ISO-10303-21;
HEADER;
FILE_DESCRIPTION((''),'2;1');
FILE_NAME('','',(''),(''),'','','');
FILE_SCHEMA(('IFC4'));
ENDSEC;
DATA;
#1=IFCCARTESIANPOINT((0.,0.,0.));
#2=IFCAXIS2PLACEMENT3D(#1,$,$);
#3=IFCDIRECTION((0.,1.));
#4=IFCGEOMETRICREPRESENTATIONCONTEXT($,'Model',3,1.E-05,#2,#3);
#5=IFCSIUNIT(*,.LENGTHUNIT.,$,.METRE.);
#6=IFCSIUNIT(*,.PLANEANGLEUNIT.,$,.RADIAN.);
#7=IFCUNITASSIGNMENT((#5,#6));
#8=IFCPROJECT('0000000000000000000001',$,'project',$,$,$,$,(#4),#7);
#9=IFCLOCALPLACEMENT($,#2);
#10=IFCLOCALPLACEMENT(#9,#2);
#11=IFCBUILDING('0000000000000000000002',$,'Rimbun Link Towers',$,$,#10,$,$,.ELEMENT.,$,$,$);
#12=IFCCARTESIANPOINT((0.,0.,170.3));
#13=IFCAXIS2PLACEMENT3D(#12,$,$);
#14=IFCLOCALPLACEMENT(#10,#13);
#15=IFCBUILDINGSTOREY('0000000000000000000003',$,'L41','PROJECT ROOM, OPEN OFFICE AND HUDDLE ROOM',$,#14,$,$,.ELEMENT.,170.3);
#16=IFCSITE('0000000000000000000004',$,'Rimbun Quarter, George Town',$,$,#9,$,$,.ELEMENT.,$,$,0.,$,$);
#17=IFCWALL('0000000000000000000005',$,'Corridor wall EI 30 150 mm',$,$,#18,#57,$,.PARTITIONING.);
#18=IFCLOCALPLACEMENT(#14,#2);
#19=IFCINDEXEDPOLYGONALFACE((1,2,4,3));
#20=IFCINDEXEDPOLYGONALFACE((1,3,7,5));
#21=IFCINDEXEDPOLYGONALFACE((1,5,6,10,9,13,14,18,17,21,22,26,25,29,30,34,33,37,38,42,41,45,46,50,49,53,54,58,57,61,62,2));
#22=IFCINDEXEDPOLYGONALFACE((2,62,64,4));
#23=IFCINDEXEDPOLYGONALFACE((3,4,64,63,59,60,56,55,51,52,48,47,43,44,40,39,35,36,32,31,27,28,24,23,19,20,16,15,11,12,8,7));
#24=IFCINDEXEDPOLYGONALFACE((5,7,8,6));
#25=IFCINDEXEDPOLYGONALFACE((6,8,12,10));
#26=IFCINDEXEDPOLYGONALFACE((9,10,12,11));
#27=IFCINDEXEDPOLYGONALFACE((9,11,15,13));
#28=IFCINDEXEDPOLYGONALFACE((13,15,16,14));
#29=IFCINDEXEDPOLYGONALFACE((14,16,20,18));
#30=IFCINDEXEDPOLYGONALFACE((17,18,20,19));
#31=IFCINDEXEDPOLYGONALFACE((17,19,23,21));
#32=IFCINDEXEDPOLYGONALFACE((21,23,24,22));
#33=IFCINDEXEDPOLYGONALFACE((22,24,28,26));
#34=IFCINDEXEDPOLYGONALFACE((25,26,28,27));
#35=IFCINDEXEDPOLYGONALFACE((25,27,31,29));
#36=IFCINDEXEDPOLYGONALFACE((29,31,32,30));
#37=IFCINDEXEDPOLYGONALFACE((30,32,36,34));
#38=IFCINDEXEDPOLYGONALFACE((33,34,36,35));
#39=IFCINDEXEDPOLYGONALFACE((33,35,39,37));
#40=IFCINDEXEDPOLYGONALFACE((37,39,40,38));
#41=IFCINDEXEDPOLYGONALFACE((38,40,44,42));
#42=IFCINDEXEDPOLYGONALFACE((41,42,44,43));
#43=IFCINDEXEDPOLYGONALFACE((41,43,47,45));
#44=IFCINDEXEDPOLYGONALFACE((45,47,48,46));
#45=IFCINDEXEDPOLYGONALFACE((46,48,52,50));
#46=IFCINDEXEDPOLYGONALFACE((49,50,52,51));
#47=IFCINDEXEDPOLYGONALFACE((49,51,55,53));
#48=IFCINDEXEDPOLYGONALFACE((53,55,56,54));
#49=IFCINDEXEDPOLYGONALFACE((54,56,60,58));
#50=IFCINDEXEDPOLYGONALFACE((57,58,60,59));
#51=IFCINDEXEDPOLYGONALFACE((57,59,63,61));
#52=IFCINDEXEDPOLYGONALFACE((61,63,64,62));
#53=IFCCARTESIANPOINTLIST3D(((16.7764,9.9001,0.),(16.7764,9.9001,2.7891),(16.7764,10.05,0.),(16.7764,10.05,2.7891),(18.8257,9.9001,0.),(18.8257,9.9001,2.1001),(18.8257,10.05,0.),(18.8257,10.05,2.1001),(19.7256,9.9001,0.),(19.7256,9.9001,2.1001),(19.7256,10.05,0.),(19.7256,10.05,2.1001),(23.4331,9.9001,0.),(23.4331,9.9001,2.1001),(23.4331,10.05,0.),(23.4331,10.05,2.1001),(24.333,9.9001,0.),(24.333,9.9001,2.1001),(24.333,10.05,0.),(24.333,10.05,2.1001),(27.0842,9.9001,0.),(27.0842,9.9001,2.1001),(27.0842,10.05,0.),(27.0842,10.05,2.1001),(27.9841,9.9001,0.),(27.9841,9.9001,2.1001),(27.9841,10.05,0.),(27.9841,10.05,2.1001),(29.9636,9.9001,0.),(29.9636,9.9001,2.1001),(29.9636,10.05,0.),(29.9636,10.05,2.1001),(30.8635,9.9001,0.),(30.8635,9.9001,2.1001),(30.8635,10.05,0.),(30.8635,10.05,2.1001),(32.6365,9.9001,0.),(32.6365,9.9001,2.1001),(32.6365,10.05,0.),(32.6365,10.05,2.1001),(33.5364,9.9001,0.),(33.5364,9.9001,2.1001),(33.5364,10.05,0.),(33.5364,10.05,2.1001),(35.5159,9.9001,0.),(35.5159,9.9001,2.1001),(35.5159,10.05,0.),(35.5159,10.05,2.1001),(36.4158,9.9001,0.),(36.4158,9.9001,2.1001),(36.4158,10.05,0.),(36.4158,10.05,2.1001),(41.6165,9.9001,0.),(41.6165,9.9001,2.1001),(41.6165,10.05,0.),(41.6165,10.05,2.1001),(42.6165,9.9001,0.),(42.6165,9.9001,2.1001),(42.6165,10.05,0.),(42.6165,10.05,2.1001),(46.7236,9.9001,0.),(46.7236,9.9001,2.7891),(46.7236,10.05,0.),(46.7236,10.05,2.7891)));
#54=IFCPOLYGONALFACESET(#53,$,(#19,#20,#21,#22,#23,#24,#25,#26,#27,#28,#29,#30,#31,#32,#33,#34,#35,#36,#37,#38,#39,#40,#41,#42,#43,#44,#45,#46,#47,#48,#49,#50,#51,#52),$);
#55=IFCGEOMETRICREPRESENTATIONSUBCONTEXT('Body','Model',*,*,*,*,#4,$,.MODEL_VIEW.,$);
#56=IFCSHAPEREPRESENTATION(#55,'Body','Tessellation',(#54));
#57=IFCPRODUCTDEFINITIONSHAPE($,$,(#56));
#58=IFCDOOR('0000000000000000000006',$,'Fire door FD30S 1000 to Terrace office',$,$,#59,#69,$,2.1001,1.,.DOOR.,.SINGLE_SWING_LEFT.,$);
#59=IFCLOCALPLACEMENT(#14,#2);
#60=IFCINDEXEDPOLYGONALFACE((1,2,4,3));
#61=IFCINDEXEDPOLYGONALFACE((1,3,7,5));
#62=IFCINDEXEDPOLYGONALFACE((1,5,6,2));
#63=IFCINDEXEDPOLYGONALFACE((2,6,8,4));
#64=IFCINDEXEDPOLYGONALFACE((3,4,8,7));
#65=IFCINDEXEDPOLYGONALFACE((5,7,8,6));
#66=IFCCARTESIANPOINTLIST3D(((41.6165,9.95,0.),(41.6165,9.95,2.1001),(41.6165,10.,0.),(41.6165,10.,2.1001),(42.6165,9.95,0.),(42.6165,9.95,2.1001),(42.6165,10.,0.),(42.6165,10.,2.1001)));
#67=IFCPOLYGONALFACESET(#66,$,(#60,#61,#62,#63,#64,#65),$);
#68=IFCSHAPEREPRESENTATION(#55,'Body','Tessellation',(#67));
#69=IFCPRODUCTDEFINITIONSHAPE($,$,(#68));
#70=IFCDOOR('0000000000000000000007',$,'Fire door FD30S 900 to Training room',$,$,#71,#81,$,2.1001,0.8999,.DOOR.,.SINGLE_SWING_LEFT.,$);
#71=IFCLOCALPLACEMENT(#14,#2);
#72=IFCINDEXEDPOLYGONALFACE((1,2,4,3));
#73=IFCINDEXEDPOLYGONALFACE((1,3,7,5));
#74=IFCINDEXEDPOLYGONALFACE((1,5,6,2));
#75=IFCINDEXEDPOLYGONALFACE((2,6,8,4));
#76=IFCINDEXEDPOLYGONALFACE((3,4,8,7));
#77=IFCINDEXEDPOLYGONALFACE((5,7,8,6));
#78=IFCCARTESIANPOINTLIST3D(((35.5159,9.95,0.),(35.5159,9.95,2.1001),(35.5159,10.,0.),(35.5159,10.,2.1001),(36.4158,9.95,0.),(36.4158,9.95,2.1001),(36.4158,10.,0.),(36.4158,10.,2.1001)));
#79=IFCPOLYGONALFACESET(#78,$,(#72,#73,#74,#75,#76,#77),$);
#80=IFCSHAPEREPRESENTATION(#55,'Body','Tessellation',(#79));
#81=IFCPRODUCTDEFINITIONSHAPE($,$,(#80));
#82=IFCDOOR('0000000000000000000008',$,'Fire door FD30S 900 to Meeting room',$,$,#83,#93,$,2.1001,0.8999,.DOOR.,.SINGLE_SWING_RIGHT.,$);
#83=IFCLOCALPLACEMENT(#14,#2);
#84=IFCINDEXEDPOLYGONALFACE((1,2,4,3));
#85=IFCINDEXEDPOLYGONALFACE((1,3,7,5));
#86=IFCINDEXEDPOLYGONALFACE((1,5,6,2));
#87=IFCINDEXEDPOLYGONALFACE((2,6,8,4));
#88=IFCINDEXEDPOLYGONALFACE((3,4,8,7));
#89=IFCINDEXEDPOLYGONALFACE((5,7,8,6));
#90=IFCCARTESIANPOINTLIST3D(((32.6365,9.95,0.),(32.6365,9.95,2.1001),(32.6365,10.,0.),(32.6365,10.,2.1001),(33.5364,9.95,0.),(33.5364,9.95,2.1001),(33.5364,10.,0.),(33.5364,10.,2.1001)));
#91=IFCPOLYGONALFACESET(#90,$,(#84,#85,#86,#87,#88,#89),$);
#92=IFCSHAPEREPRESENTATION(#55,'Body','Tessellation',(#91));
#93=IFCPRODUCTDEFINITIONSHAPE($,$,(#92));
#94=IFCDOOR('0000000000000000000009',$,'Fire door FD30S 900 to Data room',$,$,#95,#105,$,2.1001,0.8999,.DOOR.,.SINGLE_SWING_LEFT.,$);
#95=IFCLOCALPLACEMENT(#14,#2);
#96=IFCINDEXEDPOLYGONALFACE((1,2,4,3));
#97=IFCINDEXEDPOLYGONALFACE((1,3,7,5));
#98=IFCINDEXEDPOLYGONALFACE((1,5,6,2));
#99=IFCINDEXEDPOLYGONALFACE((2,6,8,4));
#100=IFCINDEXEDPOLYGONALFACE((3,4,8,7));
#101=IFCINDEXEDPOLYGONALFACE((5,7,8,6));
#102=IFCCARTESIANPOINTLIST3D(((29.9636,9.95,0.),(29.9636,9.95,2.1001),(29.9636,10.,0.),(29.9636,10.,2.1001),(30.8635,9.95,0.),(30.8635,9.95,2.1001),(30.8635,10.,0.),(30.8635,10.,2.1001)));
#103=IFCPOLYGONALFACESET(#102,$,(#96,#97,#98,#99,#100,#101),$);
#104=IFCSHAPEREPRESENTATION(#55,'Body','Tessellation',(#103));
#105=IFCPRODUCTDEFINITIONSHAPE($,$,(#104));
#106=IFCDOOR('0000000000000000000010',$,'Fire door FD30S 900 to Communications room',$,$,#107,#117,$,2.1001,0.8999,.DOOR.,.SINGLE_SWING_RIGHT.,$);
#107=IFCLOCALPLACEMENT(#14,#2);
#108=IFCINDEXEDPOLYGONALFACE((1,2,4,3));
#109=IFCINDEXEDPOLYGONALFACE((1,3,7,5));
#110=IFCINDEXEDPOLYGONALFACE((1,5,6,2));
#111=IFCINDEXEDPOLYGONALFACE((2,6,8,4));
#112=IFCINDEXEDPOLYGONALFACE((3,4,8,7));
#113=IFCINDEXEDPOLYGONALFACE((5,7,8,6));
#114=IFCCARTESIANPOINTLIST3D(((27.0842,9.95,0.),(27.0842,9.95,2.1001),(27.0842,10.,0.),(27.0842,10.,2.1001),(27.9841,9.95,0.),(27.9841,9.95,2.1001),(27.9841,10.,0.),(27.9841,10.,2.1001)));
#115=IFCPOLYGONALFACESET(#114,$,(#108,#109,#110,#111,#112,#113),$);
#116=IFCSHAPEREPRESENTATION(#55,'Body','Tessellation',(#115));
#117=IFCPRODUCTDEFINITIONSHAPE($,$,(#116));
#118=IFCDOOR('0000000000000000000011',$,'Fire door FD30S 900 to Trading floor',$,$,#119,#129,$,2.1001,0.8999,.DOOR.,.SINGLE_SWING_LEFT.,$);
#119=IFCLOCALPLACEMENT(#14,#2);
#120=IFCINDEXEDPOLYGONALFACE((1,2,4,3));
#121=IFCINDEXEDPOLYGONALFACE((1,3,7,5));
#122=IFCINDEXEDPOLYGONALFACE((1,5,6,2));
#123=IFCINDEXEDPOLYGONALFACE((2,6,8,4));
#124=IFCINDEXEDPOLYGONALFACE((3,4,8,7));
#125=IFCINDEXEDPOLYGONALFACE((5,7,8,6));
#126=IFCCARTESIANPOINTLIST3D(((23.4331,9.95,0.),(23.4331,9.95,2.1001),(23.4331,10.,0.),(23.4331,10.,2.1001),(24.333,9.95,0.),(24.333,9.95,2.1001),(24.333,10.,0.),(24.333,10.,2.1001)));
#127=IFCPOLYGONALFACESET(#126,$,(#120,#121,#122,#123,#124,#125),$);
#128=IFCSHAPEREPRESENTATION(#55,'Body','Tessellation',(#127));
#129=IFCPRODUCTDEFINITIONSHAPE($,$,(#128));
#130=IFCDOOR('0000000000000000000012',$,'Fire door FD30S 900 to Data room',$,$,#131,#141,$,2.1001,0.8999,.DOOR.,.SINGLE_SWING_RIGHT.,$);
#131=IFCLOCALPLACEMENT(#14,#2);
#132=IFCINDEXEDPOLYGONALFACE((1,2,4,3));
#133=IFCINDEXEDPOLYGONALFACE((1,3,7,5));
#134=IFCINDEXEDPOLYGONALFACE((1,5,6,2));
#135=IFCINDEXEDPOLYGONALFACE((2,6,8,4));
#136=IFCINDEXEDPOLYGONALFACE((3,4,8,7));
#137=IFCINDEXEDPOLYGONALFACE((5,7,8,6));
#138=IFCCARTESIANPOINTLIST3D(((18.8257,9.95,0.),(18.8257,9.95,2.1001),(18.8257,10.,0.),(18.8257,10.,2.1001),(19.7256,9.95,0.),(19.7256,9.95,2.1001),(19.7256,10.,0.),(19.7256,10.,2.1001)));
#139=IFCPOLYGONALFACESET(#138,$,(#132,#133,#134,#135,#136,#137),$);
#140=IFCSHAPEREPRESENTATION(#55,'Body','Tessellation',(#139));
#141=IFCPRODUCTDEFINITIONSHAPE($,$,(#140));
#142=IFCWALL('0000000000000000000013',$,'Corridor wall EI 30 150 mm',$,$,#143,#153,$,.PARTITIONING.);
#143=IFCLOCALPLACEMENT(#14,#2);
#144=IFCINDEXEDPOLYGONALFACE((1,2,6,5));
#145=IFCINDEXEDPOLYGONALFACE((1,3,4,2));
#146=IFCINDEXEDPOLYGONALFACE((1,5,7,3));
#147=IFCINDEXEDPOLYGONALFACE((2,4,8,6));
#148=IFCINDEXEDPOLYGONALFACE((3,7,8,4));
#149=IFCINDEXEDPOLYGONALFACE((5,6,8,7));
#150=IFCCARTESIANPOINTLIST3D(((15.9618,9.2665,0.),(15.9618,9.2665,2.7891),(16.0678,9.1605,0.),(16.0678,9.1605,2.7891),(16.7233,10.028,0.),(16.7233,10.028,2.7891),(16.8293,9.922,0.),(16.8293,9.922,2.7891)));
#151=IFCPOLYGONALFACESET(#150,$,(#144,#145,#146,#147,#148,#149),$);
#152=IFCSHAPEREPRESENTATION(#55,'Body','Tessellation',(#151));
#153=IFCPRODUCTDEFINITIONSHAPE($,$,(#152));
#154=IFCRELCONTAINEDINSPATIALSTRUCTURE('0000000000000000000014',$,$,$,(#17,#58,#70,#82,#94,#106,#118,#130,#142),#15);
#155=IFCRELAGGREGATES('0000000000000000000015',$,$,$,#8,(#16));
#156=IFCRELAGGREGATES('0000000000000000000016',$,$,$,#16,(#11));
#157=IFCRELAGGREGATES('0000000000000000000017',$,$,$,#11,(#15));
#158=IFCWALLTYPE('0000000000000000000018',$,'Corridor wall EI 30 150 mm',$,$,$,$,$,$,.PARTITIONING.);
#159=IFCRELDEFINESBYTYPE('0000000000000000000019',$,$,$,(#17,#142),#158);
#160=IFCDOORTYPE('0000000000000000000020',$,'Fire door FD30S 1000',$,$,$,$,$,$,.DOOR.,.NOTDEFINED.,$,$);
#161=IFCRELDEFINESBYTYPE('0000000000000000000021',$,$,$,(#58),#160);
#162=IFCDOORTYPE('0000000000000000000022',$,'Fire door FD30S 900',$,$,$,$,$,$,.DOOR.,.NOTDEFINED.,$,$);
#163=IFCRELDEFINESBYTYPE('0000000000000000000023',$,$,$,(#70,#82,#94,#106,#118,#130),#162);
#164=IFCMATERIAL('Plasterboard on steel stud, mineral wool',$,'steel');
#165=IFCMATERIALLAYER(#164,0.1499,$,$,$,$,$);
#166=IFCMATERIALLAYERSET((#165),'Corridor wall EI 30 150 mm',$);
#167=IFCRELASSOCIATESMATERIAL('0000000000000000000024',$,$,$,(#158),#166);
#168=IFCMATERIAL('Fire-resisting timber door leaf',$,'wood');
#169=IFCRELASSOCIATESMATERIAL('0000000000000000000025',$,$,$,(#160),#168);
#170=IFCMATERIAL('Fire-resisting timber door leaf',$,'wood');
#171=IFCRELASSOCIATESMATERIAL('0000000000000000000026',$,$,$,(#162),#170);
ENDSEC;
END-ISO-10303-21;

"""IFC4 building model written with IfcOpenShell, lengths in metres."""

from ifc_helpers import new_model, si_unit, direction, frame, frame_2d, origin, place, context, subcontext, project, spatial, rectangle, extrude, material, layer, layer_set, type_object, element, fill, save


model = new_model("IFC4")

# Units and contexts
model_context = context("Model", 3, precision=1e-05, world=origin(), true_north=direction((0.0, 1.0)))
body_context = subcontext(model_context, "Body", "Model", "MODEL_VIEW")
ifc_project = project(units=[si_unit("LENGTHUNIT", "METRE"), si_unit("PLANEANGLEUNIT", "RADIAN")], contexts=[model_context])

# Site, building, storey
site_placement = place(None, origin())
site = spatial("IfcSite", under=ifc_project, at=site_placement, Name="Rimbun Quarter, George Town", CompositionType="ELEMENT", RefElevation=0.0)
building_placement = place(site_placement, origin())
building = spatial("IfcBuilding", under=site, at=building_placement, Name="Rimbun Link Towers", CompositionType="ELEMENT")
storey_placement = place(building_placement, frame((0.0, 0.0, 170.3)))
storey = spatial("IfcBuildingStorey", under=building, at=storey_placement, Name="L41", Description="PROJECT ROOM, OPEN OFFICE AND HUDDLE ROOM", CompositionType="ELEMENT", Elevation=170.3)

# Wall, openings, doors
ifc_material_1 = material(Name="Plasterboard on steel stud, mineral wool", Category="steel")
ifc_layer_1 = layer(ifc_material_1, 0.1499)
ifc_layer_set_1 = layer_set([ifc_layer_1], Name="Corridor wall EI 30 150 mm")
wall_type_1 = type_object("IfcWallType", Name="Corridor wall EI 30 150 mm", PredefinedType="PARTITIONING", material=ifc_layer_set_1)
wall_1_placement = place(storey_placement, frame((16.7764, 9.9751, 0.0), z_axis=(0.0, 0.0, 1.0), x_axis=(1.0, 0.0, 0.0)))
wall_1 = element("IfcWall", 1, at=wall_1_placement, inside=storey, type_object=wall_type_1, Name="Corridor wall EI 30 150 mm", PredefinedType="PARTITIONING", context=body_context, shape_type="SweptSolid", body=[
    extrude(rectangle(XDim=29.9473, YDim=0.1499, at=frame_2d((14.9736, 0.0))), origin(), (0.0, 0.0, 1.0), 2.7891),
])
opening_1_placement = place(wall_1_placement, frame((18.7395, 0.0, 0.0)))
opening_1 = element("IfcOpeningElement", 2, at=opening_1_placement, cuts=wall_1, PredefinedType="OPENING", context=body_context, shape_type="SweptSolid", body=[
    extrude(rectangle(XDim=0.8999, YDim=2.1001, at=frame_2d((0.45, 1.05))), frame((0.0, 0.085, 0.0), z_axis=(0.0, -1.0, 0.0), x_axis=(1.0, 0.0, 0.0)), (0.0, 0.0, 1.0), 0.1699),
])
opening_2_placement = place(wall_1_placement, frame((15.8601, 0.0, 0.0)))
opening_2 = element("IfcOpeningElement", 3, at=opening_2_placement, cuts=wall_1, PredefinedType="OPENING", context=body_context, shape_type="SweptSolid", body=[
    extrude(rectangle(XDim=0.8999, YDim=2.1001, at=frame_2d((0.45, 1.05))), frame((0.0, 0.085, 0.0), z_axis=(0.0, -1.0, 0.0), x_axis=(1.0, 0.0, 0.0)), (0.0, 0.0, 1.0), 0.1699),
])
opening_3_placement = place(wall_1_placement, frame((13.1873, 0.0, 0.0)))
opening_3 = element("IfcOpeningElement", 4, at=opening_3_placement, cuts=wall_1, PredefinedType="OPENING", context=body_context, shape_type="SweptSolid", body=[
    extrude(rectangle(XDim=0.8999, YDim=2.1001, at=frame_2d((0.45, 1.05))), frame((0.0, 0.085, 0.0), z_axis=(0.0, -1.0, 0.0), x_axis=(1.0, 0.0, 0.0)), (0.0, 0.0, 1.0), 0.1699),
])
opening_4_placement = place(wall_1_placement, frame((10.3079, 0.0, 0.0)))
opening_4 = element("IfcOpeningElement", 5, at=opening_4_placement, cuts=wall_1, PredefinedType="OPENING", context=body_context, shape_type="SweptSolid", body=[
    extrude(rectangle(XDim=0.8999, YDim=2.1001, at=frame_2d((0.45, 1.05))), frame((0.0, 0.085, 0.0), z_axis=(0.0, -1.0, 0.0), x_axis=(1.0, 0.0, 0.0)), (0.0, 0.0, 1.0), 0.1699),
])
opening_5_placement = place(wall_1_placement, frame((6.6567, 0.0, 0.0)))
opening_5 = element("IfcOpeningElement", 6, at=opening_5_placement, cuts=wall_1, PredefinedType="OPENING", context=body_context, shape_type="SweptSolid", body=[
    extrude(rectangle(XDim=0.8999, YDim=2.1001, at=frame_2d((0.45, 1.05))), frame((0.0, 0.085, 0.0), z_axis=(0.0, -1.0, 0.0), x_axis=(1.0, 0.0, 0.0)), (0.0, 0.0, 1.0), 0.1699),
])
opening_6_placement = place(wall_1_placement, frame((2.0493, 0.0, 0.0)))
opening_6 = element("IfcOpeningElement", 7, at=opening_6_placement, cuts=wall_1, PredefinedType="OPENING", context=body_context, shape_type="SweptSolid", body=[
    extrude(rectangle(XDim=0.8999, YDim=2.1001, at=frame_2d((0.45, 1.05))), frame((0.0, 0.085, 0.0), z_axis=(0.0, -1.0, 0.0), x_axis=(1.0, 0.0, 0.0)), (0.0, 0.0, 1.0), 0.1699),
])
opening_7_placement = place(wall_1_placement, frame((24.8401, 0.0, 0.0)))
opening_7 = element("IfcOpeningElement", 8, at=opening_7_placement, cuts=wall_1, PredefinedType="OPENING", context=body_context, shape_type="SweptSolid", body=[
    extrude(rectangle(XDim=1.0, YDim=2.1001, at=frame_2d((0.5, 1.05))), frame((0.0, 0.085, 0.0), z_axis=(0.0, -1.0, 0.0), x_axis=(1.0, 0.0, 0.0)), (0.0, 0.0, 1.0), 0.1699),
])
ifc_material_2 = material(Name="Fire-resisting timber door leaf", Category="wood")
door_type_1 = type_object("IfcDoorType", Name="Fire door FD30S 1000", OperationType="NOTDEFINED", PredefinedType="DOOR", material=ifc_material_2)
door_1_placement = place(opening_7_placement, origin())
door_1 = element("IfcDoor", 9, at=door_1_placement, inside=storey, type_object=door_type_1, Name="Fire door FD30S 1000 to Terrace office", OperationType="SINGLE_SWING_LEFT", OverallHeight=2.1001, OverallWidth=1.0, PredefinedType="DOOR", context=body_context, shape_type="SweptSolid", body=[
    extrude(rectangle(XDim=1.0, YDim=2.1001, at=frame_2d((0.5, 1.05))), frame((0.0, 0.0249, 0.0), z_axis=(0.0, -1.0, 0.0), x_axis=(1.0, 0.0, 0.0)), (0.0, 0.0, 1.0), 0.05),
])
fill(opening_7, door_1)
ifc_material_3 = material(Name="Fire-resisting timber door leaf", Category="wood")
door_type_2 = type_object("IfcDoorType", Name="Fire door FD30S 900", OperationType="NOTDEFINED", PredefinedType="DOOR", material=ifc_material_3)
door_2_placement = place(opening_1_placement, origin())
door_2 = element("IfcDoor", 10, at=door_2_placement, inside=storey, type_object=door_type_2, Name="Fire door FD30S 900 to Training room", OperationType="SINGLE_SWING_LEFT", OverallHeight=2.1001, OverallWidth=0.8999, PredefinedType="DOOR", context=body_context, shape_type="SweptSolid", body=[
    extrude(rectangle(XDim=0.8999, YDim=2.1001, at=frame_2d((0.45, 1.05))), frame((0.0, 0.0249, 0.0), z_axis=(0.0, -1.0, 0.0), x_axis=(1.0, 0.0, 0.0)), (0.0, 0.0, 1.0), 0.05),
])
fill(opening_1, door_2)
door_3_placement = place(opening_2_placement, origin())
door_3 = element("IfcDoor", 11, at=door_3_placement, inside=storey, type_object=door_type_2, Name="Fire door FD30S 900 to Meeting room", OperationType="SINGLE_SWING_RIGHT", OverallHeight=2.1001, OverallWidth=0.8999, PredefinedType="DOOR", context=body_context, shape_type="SweptSolid", body=[
    extrude(rectangle(XDim=0.8999, YDim=2.1001, at=frame_2d((0.45, 1.05))), frame((0.0, 0.0249, 0.0), z_axis=(0.0, -1.0, 0.0), x_axis=(1.0, 0.0, 0.0)), (0.0, 0.0, 1.0), 0.05),
])
fill(opening_2, door_3)
door_4_placement = place(opening_3_placement, origin())
door_4 = element("IfcDoor", 12, at=door_4_placement, inside=storey, type_object=door_type_2, Name="Fire door FD30S 900 to Data room", OperationType="SINGLE_SWING_LEFT", OverallHeight=2.1001, OverallWidth=0.8999, PredefinedType="DOOR", context=body_context, shape_type="SweptSolid", body=[
    extrude(rectangle(XDim=0.8999, YDim=2.1001, at=frame_2d((0.45, 1.05))), frame((0.0, 0.0249, 0.0), z_axis=(0.0, -1.0, 0.0), x_axis=(1.0, 0.0, 0.0)), (0.0, 0.0, 1.0), 0.05),
])
fill(opening_3, door_4)
door_5_placement = place(opening_4_placement, origin())
door_5 = element("IfcDoor", 13, at=door_5_placement, inside=storey, type_object=door_type_2, Name="Fire door FD30S 900 to Communications room", OperationType="SINGLE_SWING_RIGHT", OverallHeight=2.1001, OverallWidth=0.8999, PredefinedType="DOOR", context=body_context, shape_type="SweptSolid", body=[
    extrude(rectangle(XDim=0.8999, YDim=2.1001, at=frame_2d((0.45, 1.05))), frame((0.0, 0.0249, 0.0), z_axis=(0.0, -1.0, 0.0), x_axis=(1.0, 0.0, 0.0)), (0.0, 0.0, 1.0), 0.05),
])
fill(opening_4, door_5)
door_6_placement = place(opening_5_placement, origin())
door_6 = element("IfcDoor", 14, at=door_6_placement, inside=storey, type_object=door_type_2, Name="Fire door FD30S 900 to Trading floor", OperationType="SINGLE_SWING_LEFT", OverallHeight=2.1001, OverallWidth=0.8999, PredefinedType="DOOR", context=body_context, shape_type="SweptSolid", body=[
    extrude(rectangle(XDim=0.8999, YDim=2.1001, at=frame_2d((0.45, 1.05))), frame((0.0, 0.0249, 0.0), z_axis=(0.0, -1.0, 0.0), x_axis=(1.0, 0.0, 0.0)), (0.0, 0.0, 1.0), 0.05),
])
fill(opening_5, door_6)
door_7_placement = place(opening_6_placement, origin())
door_7 = element("IfcDoor", 15, at=door_7_placement, inside=storey, type_object=door_type_2, Name="Fire door FD30S 900 to Data room", OperationType="SINGLE_SWING_RIGHT", OverallHeight=2.1001, OverallWidth=0.8999, PredefinedType="DOOR", context=body_context, shape_type="SweptSolid", body=[
    extrude(rectangle(XDim=0.8999, YDim=2.1001, at=frame_2d((0.45, 1.05))), frame((0.0, 0.0249, 0.0), z_axis=(0.0, -1.0, 0.0), x_axis=(1.0, 0.0, 0.0)), (0.0, 0.0, 1.0), 0.05),
])
fill(opening_6, door_7)

# Wall
wall_2_placement = place(storey_placement, frame((16.7764, 9.9751, 0.0), z_axis=(0.0, 0.0, 1.0), x_axis=(-0.707107, -0.707107, 0.0)))
element("IfcWall", 16, at=wall_2_placement, inside=storey, type_object=wall_type_1, Name="Corridor wall EI 30 150 mm", PredefinedType="PARTITIONING", context=body_context, shape_type="SweptSolid", body=[
    extrude(rectangle(XDim=1.0769, YDim=0.1499, at=frame_2d((0.5386, 0.0))), origin(), (0.0, 0.0, 1.0), 2.7891),
])

save(model, "model.ifc")
